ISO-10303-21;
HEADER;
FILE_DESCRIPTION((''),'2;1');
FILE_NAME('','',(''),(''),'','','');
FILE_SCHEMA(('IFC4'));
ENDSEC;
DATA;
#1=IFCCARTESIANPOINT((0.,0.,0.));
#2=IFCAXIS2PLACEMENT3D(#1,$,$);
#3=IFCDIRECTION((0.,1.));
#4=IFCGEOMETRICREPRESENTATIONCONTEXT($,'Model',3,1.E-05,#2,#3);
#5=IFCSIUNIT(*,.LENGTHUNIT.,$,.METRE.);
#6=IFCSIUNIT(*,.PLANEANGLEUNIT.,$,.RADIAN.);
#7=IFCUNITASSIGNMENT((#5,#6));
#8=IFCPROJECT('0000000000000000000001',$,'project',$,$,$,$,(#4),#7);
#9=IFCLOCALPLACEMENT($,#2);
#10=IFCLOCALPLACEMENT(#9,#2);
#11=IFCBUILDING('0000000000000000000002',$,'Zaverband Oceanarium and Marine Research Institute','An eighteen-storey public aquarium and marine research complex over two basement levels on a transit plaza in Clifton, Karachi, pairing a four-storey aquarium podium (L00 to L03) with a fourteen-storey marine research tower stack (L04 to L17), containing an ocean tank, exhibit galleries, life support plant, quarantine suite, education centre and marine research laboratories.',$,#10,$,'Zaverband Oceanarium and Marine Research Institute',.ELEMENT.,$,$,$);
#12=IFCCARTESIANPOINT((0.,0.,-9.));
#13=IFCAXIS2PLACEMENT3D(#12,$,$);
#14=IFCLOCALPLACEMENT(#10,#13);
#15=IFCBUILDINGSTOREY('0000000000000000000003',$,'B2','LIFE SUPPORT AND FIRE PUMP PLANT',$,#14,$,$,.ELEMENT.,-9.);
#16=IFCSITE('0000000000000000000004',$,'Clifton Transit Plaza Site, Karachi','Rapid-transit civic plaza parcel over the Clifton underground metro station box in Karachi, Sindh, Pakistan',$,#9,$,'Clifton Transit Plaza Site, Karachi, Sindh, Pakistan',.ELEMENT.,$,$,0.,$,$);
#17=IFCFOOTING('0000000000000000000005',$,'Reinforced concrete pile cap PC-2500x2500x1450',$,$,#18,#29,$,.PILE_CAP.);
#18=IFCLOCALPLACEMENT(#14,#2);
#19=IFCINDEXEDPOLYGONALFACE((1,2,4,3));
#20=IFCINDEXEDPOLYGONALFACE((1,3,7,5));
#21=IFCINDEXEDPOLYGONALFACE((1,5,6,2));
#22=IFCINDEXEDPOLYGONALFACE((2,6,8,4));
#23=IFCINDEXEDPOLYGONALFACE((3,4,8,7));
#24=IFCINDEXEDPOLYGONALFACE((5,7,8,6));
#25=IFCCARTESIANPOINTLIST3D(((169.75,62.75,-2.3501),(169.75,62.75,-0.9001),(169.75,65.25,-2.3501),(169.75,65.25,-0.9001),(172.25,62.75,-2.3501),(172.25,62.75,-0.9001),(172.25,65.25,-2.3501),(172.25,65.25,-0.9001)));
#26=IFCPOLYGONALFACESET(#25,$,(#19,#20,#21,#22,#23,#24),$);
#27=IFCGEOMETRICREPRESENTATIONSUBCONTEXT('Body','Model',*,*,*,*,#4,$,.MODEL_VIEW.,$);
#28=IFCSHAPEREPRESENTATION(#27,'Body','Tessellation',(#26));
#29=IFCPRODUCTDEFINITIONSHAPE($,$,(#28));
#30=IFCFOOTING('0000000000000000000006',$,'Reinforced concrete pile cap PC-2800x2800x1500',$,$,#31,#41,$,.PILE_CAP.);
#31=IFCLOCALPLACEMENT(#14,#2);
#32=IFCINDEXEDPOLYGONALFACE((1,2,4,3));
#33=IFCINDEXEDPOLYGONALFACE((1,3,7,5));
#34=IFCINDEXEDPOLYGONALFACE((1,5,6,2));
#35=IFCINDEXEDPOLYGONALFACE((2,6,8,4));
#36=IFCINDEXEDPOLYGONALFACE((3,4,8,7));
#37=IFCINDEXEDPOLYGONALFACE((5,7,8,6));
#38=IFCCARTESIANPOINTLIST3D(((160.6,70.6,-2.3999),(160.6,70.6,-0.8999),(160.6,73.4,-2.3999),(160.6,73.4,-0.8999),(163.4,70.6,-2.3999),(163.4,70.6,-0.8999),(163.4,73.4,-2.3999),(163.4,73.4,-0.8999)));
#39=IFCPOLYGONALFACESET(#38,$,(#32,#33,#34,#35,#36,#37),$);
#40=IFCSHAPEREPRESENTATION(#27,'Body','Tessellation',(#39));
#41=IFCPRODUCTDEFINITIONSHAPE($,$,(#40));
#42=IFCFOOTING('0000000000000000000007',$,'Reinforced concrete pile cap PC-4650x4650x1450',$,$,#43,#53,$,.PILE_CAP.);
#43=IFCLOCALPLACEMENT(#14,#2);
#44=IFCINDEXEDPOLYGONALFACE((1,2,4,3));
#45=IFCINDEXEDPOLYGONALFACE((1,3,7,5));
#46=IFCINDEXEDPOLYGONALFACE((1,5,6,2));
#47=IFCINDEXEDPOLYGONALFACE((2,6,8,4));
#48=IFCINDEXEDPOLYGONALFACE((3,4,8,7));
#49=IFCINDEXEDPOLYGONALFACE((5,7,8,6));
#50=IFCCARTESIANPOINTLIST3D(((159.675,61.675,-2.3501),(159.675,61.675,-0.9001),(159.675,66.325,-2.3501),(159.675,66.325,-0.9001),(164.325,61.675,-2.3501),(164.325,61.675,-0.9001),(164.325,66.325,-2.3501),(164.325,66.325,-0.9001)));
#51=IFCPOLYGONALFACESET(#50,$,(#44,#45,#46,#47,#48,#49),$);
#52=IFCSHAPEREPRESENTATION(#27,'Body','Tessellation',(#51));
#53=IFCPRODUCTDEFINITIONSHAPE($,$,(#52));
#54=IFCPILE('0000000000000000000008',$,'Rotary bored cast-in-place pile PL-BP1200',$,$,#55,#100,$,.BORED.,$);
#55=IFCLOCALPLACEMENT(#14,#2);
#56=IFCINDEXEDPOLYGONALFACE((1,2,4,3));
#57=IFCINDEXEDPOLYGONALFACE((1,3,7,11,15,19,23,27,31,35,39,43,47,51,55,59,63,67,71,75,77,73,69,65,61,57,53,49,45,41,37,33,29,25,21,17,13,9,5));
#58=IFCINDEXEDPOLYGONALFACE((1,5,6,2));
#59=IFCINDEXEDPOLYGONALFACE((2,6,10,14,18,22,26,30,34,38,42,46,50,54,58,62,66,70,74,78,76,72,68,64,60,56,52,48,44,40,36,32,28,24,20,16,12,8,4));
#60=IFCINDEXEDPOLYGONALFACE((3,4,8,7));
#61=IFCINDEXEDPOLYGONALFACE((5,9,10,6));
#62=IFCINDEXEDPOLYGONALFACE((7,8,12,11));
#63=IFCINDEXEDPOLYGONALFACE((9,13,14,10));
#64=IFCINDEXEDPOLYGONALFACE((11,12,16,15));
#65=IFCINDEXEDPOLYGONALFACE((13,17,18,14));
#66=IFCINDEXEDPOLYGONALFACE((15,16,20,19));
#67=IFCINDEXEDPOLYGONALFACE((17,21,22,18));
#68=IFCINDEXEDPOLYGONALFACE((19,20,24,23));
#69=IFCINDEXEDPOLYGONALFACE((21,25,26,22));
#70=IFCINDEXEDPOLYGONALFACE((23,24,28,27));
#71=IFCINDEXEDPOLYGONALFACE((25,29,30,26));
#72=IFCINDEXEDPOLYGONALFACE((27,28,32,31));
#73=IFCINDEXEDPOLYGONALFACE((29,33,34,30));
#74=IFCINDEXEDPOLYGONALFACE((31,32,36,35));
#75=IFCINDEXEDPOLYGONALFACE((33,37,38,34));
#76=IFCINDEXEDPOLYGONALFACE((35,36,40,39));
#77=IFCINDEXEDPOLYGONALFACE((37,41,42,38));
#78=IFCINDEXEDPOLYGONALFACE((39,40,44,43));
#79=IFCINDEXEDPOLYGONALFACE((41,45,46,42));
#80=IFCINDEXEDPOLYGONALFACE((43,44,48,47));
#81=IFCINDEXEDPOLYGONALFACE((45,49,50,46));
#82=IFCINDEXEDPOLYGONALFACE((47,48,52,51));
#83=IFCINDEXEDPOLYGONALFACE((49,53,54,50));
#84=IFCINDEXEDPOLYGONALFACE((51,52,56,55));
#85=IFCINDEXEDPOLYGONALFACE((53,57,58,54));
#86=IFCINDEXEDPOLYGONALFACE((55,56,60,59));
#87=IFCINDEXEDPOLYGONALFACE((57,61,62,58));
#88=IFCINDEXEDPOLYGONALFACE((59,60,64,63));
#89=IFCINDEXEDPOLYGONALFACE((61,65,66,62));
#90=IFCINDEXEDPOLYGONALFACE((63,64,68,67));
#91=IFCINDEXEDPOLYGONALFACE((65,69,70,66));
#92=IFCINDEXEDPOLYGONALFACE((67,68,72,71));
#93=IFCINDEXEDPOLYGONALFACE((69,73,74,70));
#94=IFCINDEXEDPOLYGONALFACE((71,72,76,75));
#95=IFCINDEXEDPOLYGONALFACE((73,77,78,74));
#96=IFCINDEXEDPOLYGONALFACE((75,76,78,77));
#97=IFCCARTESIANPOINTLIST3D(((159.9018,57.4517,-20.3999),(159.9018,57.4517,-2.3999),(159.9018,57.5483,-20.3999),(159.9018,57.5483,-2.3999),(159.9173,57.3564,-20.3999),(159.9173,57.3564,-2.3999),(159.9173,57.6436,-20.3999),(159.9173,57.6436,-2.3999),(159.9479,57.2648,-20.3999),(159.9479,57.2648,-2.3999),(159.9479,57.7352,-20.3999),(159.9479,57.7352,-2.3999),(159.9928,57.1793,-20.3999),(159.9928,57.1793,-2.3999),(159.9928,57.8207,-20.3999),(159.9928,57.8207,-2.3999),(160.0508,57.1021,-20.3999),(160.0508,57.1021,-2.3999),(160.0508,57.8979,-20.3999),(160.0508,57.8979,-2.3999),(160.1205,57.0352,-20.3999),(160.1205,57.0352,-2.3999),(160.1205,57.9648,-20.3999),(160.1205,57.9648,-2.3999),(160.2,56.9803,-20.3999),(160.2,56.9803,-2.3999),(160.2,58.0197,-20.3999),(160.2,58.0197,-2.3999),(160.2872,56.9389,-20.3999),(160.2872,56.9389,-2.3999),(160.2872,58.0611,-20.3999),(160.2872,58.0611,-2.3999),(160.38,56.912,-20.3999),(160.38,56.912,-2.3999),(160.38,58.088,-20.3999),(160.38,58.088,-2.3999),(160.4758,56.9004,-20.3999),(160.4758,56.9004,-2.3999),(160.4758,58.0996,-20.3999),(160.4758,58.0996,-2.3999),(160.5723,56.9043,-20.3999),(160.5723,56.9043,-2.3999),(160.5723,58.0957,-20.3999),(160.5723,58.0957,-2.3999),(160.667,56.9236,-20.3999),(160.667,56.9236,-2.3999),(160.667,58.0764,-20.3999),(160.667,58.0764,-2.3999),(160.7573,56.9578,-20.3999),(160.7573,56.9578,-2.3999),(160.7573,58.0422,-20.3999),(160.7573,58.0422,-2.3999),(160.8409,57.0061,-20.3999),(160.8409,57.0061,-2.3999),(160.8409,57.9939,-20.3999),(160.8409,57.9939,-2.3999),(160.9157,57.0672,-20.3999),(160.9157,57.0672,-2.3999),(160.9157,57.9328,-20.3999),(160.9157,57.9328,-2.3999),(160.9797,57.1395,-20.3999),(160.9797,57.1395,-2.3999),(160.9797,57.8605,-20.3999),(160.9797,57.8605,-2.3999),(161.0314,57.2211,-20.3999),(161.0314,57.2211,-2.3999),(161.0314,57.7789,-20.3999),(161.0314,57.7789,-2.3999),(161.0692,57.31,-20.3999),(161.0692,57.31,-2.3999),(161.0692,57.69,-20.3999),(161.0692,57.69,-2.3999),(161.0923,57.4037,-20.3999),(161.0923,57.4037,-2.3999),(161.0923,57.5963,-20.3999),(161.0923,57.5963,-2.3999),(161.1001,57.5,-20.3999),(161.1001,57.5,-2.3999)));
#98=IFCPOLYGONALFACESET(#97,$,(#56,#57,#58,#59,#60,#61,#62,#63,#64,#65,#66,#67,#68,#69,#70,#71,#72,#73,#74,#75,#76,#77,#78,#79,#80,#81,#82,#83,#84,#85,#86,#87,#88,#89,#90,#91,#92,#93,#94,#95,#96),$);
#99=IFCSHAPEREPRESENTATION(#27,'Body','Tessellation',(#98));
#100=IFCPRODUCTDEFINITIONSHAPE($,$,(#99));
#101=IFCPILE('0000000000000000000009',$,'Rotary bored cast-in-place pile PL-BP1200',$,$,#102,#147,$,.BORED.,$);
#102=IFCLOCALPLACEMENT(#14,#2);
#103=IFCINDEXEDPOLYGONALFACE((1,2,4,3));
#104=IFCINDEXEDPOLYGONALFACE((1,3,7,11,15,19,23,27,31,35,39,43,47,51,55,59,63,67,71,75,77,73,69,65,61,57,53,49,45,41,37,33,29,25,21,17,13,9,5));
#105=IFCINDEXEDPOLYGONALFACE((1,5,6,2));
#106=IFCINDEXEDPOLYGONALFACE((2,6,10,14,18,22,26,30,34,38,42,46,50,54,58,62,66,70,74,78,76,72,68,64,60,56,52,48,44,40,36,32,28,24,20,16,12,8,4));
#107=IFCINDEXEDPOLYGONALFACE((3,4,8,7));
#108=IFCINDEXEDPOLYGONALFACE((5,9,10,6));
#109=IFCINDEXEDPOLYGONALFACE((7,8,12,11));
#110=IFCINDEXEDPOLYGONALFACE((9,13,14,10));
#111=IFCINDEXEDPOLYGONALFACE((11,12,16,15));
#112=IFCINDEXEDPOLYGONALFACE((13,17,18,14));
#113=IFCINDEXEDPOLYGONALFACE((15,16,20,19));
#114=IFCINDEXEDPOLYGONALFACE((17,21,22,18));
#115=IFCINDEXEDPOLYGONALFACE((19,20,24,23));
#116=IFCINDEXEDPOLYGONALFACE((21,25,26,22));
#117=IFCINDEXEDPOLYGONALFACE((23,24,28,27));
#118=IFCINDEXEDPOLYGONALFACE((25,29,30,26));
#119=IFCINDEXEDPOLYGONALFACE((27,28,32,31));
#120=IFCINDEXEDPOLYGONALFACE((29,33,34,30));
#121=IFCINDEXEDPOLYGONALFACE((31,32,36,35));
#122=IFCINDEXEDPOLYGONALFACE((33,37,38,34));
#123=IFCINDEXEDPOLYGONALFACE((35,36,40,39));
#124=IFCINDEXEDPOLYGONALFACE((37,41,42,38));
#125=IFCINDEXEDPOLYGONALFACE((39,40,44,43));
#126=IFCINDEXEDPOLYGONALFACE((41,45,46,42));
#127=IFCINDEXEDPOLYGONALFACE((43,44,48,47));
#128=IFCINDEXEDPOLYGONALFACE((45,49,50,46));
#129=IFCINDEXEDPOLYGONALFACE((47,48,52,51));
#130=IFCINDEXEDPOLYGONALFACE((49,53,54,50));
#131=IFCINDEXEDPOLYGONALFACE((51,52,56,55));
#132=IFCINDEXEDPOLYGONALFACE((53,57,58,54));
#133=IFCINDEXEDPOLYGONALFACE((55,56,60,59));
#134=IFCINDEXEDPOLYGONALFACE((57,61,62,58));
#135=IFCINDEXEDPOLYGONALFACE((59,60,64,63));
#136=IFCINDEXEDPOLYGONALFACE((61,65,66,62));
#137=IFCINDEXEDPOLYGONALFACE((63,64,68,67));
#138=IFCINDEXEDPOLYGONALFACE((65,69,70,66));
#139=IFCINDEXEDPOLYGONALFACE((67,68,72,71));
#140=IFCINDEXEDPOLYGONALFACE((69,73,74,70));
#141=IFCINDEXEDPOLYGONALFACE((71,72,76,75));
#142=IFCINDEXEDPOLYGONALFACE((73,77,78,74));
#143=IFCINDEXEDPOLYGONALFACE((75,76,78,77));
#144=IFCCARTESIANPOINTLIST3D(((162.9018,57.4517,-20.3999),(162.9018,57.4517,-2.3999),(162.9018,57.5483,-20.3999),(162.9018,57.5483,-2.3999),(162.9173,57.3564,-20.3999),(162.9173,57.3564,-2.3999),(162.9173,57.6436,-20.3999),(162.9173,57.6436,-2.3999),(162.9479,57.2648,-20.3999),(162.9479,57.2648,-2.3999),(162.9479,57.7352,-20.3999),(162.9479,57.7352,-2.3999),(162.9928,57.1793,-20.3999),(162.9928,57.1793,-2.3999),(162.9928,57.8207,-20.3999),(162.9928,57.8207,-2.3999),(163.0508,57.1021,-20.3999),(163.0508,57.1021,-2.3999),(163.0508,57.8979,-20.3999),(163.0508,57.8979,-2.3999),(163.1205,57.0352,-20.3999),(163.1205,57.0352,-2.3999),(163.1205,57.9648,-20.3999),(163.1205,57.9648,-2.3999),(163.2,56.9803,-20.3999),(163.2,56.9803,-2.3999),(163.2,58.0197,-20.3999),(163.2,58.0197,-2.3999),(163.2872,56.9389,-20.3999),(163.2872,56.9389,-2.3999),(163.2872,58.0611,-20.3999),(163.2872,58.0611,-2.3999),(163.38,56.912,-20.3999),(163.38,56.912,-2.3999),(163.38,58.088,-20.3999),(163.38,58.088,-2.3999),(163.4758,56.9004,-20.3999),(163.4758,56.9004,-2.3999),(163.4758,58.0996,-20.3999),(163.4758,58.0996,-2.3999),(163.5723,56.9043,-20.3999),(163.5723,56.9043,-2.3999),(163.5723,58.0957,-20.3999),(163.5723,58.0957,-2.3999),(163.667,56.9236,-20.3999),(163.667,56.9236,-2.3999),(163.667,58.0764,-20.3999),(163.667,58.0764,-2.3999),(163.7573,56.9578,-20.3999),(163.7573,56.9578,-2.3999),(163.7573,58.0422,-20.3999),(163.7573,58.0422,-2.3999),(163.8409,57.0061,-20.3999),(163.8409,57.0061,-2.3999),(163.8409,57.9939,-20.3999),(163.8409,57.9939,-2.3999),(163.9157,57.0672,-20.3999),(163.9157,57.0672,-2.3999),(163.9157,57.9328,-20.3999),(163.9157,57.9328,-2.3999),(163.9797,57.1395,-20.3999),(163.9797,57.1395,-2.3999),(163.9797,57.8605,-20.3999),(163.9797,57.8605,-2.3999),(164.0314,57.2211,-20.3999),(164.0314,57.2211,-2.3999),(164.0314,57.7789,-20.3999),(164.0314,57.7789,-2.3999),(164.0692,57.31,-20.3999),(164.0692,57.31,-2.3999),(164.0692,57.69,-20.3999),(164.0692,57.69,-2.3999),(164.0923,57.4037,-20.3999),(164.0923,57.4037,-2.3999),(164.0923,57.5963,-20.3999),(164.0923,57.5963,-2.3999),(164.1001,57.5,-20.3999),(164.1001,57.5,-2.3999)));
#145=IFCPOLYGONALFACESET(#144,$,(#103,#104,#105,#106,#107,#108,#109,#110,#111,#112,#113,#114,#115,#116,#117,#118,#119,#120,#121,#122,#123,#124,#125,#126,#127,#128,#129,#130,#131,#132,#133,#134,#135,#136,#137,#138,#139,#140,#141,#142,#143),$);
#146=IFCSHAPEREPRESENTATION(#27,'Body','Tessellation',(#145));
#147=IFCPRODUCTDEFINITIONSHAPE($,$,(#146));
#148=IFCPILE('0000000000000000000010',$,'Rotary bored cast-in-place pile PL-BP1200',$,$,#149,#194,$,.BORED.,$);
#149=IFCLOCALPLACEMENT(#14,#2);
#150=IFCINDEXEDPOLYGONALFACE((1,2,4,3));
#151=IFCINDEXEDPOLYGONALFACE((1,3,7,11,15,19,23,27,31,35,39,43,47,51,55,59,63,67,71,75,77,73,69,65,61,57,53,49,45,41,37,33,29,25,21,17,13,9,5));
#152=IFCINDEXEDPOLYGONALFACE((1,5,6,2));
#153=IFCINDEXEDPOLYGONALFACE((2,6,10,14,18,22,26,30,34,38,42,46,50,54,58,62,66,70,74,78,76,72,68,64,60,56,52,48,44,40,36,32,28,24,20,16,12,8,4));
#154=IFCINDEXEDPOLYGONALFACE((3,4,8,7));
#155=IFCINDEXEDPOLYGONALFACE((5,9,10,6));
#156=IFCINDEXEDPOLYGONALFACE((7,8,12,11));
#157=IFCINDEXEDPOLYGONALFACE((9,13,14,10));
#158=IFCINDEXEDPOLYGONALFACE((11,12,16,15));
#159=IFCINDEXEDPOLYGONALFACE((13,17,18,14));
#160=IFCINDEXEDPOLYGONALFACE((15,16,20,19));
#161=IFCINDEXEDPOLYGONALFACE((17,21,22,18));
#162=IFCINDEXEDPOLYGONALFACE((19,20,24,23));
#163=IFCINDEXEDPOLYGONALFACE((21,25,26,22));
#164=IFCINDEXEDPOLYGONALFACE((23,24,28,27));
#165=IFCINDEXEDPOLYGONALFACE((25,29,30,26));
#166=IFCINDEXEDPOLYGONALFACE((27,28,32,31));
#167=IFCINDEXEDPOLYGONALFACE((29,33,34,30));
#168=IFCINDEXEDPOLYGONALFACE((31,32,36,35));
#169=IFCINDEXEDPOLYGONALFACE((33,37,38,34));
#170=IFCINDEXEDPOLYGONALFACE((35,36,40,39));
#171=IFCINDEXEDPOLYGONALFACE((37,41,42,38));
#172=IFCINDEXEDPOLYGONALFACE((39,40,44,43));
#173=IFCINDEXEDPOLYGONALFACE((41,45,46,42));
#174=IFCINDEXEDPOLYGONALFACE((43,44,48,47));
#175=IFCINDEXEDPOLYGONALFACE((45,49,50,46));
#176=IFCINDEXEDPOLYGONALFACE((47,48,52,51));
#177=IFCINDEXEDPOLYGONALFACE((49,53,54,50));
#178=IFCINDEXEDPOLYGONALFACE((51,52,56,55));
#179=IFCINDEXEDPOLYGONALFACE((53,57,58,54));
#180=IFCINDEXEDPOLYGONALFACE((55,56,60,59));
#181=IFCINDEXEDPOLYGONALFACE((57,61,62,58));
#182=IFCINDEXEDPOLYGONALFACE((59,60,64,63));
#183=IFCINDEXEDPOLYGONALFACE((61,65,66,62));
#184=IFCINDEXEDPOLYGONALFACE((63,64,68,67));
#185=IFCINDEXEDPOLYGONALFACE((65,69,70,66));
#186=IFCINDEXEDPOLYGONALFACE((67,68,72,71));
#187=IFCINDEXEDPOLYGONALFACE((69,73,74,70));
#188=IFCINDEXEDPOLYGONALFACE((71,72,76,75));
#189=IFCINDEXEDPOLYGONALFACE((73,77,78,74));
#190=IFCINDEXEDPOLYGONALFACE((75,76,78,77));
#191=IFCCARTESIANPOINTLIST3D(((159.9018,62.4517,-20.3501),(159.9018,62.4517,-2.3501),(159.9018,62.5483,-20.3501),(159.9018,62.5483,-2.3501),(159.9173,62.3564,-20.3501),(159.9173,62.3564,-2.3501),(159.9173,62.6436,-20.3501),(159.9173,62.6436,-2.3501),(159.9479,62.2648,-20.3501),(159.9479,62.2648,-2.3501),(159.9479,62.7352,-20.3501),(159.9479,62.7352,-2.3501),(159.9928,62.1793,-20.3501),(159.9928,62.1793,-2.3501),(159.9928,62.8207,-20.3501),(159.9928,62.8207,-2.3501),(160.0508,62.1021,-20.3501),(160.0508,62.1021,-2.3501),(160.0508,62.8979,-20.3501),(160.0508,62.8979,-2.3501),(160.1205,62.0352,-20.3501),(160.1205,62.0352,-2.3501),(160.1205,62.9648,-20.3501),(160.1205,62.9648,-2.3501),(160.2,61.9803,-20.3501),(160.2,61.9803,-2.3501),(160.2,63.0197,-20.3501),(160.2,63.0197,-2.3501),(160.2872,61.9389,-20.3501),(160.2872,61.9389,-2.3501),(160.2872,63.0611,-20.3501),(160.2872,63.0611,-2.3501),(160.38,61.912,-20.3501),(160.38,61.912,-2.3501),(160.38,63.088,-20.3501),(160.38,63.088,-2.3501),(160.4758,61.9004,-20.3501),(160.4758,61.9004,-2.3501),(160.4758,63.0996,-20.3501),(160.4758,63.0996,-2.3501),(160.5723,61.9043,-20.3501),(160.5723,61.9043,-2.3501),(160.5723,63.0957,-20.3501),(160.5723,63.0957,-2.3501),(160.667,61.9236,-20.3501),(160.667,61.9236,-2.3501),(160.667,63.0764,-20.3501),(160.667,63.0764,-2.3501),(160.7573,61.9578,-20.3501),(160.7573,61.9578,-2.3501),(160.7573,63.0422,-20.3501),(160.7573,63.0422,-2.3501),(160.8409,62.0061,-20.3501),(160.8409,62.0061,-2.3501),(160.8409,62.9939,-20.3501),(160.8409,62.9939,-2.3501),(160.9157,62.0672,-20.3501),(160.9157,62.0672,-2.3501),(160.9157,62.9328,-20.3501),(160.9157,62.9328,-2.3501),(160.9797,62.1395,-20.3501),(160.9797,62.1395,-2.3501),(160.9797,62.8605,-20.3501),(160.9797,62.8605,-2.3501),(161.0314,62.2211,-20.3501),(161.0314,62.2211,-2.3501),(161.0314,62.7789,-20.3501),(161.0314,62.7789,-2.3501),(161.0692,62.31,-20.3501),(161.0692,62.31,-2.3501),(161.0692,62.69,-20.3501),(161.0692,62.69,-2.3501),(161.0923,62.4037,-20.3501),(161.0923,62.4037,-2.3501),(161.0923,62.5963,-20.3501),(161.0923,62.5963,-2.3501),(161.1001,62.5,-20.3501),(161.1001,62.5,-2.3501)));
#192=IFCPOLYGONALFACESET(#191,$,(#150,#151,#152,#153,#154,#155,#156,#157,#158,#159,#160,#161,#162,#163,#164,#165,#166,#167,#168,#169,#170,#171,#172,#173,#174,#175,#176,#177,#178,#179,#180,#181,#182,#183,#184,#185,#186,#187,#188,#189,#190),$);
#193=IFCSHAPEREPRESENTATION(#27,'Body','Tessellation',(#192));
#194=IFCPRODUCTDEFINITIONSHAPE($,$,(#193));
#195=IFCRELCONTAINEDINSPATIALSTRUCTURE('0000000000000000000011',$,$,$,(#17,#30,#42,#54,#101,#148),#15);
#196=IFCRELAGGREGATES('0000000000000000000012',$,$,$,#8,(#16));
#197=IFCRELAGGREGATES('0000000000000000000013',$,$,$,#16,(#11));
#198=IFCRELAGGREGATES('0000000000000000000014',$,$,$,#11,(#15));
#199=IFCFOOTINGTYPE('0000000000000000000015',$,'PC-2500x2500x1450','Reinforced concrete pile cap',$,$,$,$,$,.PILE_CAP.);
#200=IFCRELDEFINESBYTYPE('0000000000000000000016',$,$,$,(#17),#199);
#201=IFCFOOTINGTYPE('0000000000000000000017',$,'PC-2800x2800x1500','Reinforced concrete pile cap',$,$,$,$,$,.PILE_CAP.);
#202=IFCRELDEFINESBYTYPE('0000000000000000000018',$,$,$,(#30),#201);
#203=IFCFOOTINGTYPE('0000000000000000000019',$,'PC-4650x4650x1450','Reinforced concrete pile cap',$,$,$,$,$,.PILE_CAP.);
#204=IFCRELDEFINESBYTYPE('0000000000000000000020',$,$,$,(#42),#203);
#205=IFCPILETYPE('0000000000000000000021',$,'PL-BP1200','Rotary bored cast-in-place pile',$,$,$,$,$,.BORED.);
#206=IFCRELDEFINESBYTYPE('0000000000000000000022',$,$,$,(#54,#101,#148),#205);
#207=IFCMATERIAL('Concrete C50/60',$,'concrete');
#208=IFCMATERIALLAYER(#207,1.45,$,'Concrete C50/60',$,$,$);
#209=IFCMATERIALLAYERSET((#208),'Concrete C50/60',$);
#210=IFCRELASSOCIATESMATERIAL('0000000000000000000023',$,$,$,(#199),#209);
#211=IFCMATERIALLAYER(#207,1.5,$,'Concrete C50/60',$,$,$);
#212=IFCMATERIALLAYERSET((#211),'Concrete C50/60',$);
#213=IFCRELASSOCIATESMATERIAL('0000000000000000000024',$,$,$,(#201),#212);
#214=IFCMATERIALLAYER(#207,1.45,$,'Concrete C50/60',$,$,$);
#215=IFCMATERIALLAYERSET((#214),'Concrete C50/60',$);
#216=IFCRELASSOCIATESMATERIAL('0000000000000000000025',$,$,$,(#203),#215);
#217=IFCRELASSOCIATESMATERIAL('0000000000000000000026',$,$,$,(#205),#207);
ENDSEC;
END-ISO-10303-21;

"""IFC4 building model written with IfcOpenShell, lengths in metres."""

from ifc_helpers import new_model, si_unit, direction, frame, origin, origin_2d, place, context, subcontext, project, spatial, rectangle, circle, extrude, material, layer, layer_set, material_profile, profile_set, type_object, element, save


model = new_model("IFC4")

# Units and contexts
model_context = context("Model", 3, precision=1e-05, world=origin(), true_north=direction((0.0, 1.0)))
body_context = subcontext(model_context, "Body", "Model", "MODEL_VIEW")
ifc_project = project(units=[si_unit("LENGTHUNIT", "METRE"), si_unit("PLANEANGLEUNIT", "RADIAN")], contexts=[model_context])

# Site, building, storey
site_placement = place(None, origin())
site = spatial("IfcSite", under=ifc_project, at=site_placement, Name="Clifton Transit Plaza Site, Karachi", Description="Rapid-transit civic plaza parcel over the Clifton underground metro station box in Karachi, Sindh, Pakistan", LongName="Clifton Transit Plaza Site, Karachi, Sindh, Pakistan", CompositionType="ELEMENT", RefElevation=0.0)
building_placement = place(site_placement, origin())
building = spatial("IfcBuilding", under=site, at=building_placement, Name="Zaverband Oceanarium and Marine Research Institute", Description="An eighteen-storey public aquarium and marine research complex over two basement levels on a transit plaza in Clifton, Karachi, pairing a four-storey aquarium podium (L00 to L03) with a fourteen-storey marine research tower stack (L04 to L17), containing an ocean tank, exhibit galleries, life support plant, quarantine suite, education centre and marine research laboratories.", LongName="Zaverband Oceanarium and Marine Research Institute", CompositionType="ELEMENT")
storey_placement = place(building_placement, frame((0.0, 0.0, -9.0)))
storey = spatial("IfcBuildingStorey", under=building, at=storey_placement, Name="B2", Description="LIFE SUPPORT AND FIRE PUMP PLANT", CompositionType="ELEMENT", Elevation=-9.0)

# Footings
ifc_material_1 = material(Name="Concrete C50/60", Category="concrete")
ifc_layer_1 = layer(ifc_material_1, 1.45, Name="Concrete C50/60")
ifc_layer_set_1 = layer_set([ifc_layer_1], Name="Concrete C50/60")
footing_type_1 = type_object("IfcFootingType", Name="PC-2500x2500x1450", Description="Reinforced concrete pile cap", PredefinedType="PILE_CAP", material=ifc_layer_set_1)
footing_1_placement = place(storey_placement, frame((171.0, 64.0, -2.3501), z_axis=(0.0, 0.0, 1.0), x_axis=(1.0, 0.0, 0.0)))
element("IfcFooting", 1, at=footing_1_placement, inside=storey, type_object=footing_type_1, Name="Reinforced concrete pile cap PC-2500x2500x1450", PredefinedType="PILE_CAP", context=body_context, shape_type="SweptSolid", body=[
    extrude(rectangle(XDim=2.5, YDim=2.5, at=origin_2d()), origin(), (0.0, 0.0, 1.0), 1.45),
])
ifc_layer_2 = layer(ifc_material_1, 1.5, Name="Concrete C50/60")
ifc_layer_set_2 = layer_set([ifc_layer_2], Name="Concrete C50/60")
footing_type_2 = type_object("IfcFootingType", Name="PC-2800x2800x1500", Description="Reinforced concrete pile cap", PredefinedType="PILE_CAP", material=ifc_layer_set_2)
footing_2_placement = place(storey_placement, frame((162.0, 72.0, -2.3999), z_axis=(0.0, 0.0, 1.0), x_axis=(1.0, 0.0, 0.0)))
element("IfcFooting", 2, at=footing_2_placement, inside=storey, type_object=footing_type_2, Name="Reinforced concrete pile cap PC-2800x2800x1500", PredefinedType="PILE_CAP", context=body_context, shape_type="SweptSolid", body=[
    extrude(rectangle(XDim=2.8, YDim=2.8, at=origin_2d()), origin(), (0.0, 0.0, 1.0), 1.5),
])
ifc_layer_3 = layer(ifc_material_1, 1.45, Name="Concrete C50/60")
ifc_layer_set_3 = layer_set([ifc_layer_3], Name="Concrete C50/60")
footing_type_3 = type_object("IfcFootingType", Name="PC-4650x4650x1450", Description="Reinforced concrete pile cap", PredefinedType="PILE_CAP", material=ifc_layer_set_3)
footing_3_placement = place(storey_placement, frame((162.0, 64.0, -2.3501), z_axis=(0.0, 0.0, 1.0), x_axis=(1.0, 0.0, 0.0)))
element("IfcFooting", 3, at=footing_3_placement, inside=storey, type_object=footing_type_3, Name="Reinforced concrete pile cap PC-4650x4650x1450", PredefinedType="PILE_CAP", context=body_context, shape_type="SweptSolid", body=[
    extrude(rectangle(XDim=4.6499, YDim=4.6499, at=origin_2d()), origin(), (0.0, 0.0, 1.0), 1.45),
])

# Piles
ifc_material_profile_1 = material_profile(ifc_material_1, circle(Radius=0.6001, at=origin_2d()), Name="BP1200")
ifc_profile_set_1 = profile_set([ifc_material_profile_1], Name="Concrete C50/60")
pile_type = type_object("IfcPileType", Name="PL-BP1200", Description="Rotary bored cast-in-place pile", PredefinedType="BORED", material=ifc_profile_set_1)
for number, where, z_axis, x_axis, name in (
    (4, (160.5, 57.5, -2.3999), (0.0, 0.0, -1.0), (1.0, 0.0, 0.0), "Rotary bored cast-in-place pile PL-BP1200"),
    (5, (163.5, 57.5, -2.3999), (0.0, 0.0, -1.0), (1.0, 0.0, 0.0), "Rotary bored cast-in-place pile PL-BP1200"),
    (6, (160.5, 62.5, -2.3501), (0.0, 0.0, -1.0), (1.0, 0.0, 0.0), "Rotary bored cast-in-place pile PL-BP1200"),
):
    element("IfcPile", number, at=place(storey_placement, frame(where, z_axis=z_axis, x_axis=x_axis)), inside=storey, type_object=pile_type, Name=name, PredefinedType="BORED", context=body_context, shape_type="SweptSolid", body=[
        extrude(circle(Radius=0.6001, at=origin_2d()), origin(), (0.0, 0.0, 1.0), 18.0),
    ])

save(model, "model.ifc")
